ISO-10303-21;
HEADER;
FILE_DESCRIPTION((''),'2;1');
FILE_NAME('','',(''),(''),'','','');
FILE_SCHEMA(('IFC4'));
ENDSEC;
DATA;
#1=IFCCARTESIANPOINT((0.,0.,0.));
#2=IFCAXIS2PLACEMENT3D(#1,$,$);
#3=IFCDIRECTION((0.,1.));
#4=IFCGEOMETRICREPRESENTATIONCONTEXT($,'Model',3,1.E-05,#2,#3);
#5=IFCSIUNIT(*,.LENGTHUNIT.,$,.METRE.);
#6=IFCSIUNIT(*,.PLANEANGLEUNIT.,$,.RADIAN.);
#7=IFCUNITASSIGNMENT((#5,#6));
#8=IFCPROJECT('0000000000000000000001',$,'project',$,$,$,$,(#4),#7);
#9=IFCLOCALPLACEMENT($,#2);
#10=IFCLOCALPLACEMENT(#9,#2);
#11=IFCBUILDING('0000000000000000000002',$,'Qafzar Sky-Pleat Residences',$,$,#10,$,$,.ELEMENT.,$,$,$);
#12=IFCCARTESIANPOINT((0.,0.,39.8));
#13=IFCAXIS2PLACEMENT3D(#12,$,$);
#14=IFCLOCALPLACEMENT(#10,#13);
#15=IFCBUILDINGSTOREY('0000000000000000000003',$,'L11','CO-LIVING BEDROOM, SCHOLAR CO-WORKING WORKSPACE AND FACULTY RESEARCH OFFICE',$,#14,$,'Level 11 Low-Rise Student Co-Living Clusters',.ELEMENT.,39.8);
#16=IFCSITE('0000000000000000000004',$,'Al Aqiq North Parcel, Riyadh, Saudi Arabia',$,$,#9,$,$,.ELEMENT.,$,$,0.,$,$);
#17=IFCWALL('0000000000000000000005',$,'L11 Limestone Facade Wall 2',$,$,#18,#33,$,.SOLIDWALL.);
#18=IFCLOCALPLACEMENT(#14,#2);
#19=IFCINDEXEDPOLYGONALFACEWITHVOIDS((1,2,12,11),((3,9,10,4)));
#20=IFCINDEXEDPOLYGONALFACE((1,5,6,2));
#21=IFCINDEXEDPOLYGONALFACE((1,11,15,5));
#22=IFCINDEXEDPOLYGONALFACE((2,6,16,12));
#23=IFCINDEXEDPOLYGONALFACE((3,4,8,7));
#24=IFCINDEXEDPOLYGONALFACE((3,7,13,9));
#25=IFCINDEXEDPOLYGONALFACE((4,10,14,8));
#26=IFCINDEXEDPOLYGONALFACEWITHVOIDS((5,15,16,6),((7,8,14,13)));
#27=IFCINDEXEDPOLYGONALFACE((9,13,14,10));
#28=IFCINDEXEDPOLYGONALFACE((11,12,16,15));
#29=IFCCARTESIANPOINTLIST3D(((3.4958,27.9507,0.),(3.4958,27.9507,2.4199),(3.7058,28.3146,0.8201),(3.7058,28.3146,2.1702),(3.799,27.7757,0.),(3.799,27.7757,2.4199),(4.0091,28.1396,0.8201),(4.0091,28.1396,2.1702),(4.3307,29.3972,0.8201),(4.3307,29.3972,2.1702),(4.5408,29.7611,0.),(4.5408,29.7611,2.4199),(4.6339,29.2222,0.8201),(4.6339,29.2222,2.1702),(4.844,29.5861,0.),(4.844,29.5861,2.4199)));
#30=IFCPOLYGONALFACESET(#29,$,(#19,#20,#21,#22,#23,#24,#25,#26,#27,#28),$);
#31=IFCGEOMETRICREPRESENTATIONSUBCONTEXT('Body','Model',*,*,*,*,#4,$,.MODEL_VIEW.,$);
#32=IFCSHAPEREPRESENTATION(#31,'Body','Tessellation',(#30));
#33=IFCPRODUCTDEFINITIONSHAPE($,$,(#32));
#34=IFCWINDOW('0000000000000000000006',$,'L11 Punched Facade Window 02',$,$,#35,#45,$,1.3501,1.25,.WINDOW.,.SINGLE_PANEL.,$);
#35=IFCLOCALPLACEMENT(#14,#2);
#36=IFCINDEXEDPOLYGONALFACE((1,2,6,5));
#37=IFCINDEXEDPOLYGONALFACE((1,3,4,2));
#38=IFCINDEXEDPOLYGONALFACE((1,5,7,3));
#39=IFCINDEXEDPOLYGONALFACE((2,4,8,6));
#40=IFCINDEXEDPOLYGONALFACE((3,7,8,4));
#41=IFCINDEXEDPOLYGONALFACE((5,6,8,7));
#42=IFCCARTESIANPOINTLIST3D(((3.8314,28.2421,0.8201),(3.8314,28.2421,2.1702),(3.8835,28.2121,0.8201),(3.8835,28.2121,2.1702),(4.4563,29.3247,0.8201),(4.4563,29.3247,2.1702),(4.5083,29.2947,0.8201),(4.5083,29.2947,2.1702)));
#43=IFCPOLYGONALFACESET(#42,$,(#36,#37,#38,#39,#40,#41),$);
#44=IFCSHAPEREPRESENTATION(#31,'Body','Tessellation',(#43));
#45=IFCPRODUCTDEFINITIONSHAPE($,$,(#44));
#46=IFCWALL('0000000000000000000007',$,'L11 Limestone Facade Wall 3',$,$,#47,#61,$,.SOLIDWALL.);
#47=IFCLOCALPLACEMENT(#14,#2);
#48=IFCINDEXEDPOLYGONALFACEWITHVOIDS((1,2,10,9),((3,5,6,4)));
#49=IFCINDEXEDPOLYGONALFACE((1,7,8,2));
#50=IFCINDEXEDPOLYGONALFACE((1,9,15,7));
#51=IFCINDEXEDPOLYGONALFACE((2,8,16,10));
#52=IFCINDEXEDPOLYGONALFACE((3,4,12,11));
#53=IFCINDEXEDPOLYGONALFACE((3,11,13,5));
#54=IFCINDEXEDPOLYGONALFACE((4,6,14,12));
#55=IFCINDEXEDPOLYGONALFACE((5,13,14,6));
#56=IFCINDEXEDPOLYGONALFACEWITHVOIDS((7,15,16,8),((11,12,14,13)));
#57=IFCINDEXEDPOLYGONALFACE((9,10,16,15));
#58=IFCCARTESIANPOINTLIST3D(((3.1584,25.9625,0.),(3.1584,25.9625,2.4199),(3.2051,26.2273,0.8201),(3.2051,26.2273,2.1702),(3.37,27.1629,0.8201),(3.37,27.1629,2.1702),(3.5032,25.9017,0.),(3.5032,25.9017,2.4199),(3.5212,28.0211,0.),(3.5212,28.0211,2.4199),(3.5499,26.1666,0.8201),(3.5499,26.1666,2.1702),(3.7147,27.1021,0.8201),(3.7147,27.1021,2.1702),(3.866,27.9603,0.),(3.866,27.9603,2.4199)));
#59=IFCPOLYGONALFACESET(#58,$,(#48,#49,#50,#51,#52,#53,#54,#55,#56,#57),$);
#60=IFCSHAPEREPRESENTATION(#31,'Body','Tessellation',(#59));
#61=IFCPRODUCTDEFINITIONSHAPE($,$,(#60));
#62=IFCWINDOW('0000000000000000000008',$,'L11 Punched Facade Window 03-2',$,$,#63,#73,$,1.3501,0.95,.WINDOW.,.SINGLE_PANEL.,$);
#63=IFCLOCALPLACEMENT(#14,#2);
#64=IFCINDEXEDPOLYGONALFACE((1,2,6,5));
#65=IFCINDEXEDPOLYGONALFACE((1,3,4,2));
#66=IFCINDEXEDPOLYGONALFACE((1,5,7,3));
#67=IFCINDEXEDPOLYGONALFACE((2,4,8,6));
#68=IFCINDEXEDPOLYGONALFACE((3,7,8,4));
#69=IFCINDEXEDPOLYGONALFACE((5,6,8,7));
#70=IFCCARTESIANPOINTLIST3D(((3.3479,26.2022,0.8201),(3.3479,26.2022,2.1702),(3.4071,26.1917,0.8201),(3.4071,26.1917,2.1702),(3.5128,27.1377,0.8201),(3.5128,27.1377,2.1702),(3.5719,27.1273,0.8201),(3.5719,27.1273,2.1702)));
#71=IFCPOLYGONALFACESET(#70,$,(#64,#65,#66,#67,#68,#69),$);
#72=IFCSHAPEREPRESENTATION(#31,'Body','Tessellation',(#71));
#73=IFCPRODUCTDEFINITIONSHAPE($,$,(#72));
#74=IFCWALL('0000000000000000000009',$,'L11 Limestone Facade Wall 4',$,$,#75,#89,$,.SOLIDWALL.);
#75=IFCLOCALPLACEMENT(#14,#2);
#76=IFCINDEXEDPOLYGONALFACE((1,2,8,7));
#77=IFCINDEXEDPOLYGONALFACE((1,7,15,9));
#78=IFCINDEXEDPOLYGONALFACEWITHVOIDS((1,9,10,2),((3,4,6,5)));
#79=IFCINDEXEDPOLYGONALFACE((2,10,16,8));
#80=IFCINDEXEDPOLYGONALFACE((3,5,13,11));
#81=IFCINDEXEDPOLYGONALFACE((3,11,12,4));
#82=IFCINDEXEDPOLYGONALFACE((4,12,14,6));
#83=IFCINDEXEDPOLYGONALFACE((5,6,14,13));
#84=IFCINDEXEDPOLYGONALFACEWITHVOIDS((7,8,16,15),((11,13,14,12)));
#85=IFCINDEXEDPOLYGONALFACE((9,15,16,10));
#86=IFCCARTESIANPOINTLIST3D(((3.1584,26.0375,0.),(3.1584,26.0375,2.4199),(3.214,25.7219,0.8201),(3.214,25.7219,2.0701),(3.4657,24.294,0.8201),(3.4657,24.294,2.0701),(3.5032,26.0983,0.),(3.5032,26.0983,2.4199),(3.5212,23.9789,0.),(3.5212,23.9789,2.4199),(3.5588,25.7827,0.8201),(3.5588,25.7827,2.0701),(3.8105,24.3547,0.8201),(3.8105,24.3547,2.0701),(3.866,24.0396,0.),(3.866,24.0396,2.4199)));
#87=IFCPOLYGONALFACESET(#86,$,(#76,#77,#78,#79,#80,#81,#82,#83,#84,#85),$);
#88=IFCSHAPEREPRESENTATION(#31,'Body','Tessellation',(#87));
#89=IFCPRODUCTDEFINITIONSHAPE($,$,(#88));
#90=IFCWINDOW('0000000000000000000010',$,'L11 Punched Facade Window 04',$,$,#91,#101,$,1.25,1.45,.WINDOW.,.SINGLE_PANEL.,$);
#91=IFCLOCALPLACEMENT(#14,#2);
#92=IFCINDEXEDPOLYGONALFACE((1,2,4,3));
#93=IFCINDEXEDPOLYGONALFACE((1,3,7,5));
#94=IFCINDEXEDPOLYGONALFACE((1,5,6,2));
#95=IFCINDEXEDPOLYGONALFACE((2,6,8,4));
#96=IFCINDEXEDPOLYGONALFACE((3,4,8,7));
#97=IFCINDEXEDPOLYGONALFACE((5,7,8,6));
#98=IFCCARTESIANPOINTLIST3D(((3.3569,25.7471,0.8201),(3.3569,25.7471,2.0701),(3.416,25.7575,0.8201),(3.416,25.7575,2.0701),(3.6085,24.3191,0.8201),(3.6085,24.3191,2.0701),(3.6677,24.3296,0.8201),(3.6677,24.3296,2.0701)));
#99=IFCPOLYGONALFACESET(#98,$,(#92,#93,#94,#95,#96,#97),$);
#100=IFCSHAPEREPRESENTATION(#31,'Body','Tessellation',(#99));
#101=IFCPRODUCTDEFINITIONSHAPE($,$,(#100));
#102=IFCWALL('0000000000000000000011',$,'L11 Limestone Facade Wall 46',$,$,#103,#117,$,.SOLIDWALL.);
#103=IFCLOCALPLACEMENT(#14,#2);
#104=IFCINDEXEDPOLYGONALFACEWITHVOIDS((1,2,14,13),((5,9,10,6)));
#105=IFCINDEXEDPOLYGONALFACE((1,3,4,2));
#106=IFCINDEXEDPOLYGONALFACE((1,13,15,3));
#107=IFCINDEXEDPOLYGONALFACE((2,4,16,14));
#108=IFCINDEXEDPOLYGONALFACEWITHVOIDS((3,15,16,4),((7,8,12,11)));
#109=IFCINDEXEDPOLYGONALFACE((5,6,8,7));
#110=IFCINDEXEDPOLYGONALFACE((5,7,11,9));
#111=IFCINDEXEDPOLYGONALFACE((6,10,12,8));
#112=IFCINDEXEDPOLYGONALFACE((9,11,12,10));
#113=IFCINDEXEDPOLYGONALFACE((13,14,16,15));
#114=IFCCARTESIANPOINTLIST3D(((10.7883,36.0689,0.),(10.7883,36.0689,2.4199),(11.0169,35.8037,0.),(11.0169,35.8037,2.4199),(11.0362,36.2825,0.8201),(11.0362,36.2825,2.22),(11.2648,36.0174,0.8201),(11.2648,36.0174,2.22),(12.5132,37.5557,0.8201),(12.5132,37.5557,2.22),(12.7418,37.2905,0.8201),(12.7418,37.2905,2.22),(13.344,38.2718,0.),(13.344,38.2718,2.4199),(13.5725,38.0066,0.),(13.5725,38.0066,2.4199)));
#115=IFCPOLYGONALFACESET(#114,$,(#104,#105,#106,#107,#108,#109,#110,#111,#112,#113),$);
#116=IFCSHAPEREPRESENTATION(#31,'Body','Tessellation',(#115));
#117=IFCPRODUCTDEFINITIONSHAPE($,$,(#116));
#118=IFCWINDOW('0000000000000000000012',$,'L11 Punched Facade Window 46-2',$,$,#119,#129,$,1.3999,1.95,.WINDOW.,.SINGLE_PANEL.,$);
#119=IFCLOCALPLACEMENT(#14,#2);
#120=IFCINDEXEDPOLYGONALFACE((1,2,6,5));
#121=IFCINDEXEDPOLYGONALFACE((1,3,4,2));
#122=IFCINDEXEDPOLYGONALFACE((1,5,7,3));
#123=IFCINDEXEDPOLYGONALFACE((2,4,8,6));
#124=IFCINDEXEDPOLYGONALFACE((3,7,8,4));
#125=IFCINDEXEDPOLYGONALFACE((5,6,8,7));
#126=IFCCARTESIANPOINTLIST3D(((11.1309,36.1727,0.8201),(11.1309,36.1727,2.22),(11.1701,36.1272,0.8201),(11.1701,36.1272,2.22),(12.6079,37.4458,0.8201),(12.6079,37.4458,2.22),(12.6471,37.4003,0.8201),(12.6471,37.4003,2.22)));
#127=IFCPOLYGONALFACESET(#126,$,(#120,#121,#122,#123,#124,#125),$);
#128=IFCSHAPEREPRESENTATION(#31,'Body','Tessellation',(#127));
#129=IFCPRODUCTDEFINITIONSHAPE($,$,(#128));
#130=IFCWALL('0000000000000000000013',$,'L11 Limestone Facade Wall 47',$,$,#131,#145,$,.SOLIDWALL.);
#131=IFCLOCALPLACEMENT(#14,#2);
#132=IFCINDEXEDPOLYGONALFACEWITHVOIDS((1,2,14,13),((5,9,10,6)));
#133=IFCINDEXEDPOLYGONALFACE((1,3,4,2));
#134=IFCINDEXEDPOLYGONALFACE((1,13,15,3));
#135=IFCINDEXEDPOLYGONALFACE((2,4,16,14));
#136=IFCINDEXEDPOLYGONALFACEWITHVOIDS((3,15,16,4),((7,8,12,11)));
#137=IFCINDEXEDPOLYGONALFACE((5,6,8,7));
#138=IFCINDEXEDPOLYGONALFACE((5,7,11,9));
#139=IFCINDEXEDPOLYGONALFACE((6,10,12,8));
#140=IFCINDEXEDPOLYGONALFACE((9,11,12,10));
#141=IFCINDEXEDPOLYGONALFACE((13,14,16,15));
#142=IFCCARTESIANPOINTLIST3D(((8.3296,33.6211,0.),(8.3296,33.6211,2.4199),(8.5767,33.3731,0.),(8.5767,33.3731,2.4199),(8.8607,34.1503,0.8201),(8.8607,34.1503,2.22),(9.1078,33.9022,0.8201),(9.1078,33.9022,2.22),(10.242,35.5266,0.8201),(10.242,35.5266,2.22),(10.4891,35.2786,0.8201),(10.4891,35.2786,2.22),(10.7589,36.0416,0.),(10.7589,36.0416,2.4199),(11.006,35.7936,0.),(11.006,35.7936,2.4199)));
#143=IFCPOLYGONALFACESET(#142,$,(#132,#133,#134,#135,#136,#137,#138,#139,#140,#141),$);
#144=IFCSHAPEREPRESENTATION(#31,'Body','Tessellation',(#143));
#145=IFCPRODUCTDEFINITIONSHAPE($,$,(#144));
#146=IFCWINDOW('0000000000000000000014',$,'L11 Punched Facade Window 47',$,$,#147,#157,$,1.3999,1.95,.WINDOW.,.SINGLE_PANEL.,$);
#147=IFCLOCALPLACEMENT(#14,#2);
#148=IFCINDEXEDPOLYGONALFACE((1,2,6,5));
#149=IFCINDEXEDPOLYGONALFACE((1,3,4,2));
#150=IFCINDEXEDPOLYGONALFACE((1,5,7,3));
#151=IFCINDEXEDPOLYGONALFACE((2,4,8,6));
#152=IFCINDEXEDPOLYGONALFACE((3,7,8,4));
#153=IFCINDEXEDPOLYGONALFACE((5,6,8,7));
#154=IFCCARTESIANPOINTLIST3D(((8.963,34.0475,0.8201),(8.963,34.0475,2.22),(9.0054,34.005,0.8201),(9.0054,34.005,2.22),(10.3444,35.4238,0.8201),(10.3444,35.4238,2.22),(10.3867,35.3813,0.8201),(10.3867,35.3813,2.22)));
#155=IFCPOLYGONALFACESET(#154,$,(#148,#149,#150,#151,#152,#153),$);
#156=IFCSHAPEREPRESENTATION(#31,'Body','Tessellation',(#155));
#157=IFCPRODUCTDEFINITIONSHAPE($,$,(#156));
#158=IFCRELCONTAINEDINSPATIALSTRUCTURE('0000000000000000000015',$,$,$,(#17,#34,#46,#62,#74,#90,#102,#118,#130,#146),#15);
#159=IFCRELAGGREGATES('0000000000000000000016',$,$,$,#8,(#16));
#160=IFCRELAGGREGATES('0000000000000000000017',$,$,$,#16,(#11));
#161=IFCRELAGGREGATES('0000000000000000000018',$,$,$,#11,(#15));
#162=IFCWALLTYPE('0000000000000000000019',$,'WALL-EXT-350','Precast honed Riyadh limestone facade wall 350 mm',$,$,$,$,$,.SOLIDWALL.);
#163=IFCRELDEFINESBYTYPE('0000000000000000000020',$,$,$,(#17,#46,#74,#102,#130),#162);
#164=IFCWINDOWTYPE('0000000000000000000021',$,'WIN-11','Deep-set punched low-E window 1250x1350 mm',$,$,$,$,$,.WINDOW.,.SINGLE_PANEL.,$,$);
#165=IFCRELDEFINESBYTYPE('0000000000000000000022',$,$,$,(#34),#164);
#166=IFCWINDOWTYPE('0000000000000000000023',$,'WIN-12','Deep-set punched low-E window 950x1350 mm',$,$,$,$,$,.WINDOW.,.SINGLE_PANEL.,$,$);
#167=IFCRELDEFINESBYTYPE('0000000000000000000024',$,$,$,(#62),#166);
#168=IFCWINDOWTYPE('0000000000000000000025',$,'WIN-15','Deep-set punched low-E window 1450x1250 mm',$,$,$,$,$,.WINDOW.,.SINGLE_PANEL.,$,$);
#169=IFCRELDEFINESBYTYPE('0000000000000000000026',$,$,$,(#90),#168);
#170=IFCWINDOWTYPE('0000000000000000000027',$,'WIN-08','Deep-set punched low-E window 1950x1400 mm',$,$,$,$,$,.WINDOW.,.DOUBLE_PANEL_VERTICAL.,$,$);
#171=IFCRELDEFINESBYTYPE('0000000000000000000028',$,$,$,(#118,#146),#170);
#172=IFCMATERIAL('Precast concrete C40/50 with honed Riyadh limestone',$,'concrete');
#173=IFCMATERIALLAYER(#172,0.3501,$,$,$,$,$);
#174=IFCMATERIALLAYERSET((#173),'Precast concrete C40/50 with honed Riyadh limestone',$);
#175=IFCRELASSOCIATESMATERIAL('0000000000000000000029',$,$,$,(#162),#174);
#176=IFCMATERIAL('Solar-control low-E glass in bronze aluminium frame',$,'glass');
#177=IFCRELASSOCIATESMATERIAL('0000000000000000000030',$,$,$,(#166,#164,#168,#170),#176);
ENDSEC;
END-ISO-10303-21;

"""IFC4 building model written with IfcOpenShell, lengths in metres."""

from ifc_helpers import new_model, si_unit, direction, frame, frame_2d, origin, place, context, subcontext, project, spatial, rectangle, extrude, source, transform, mapped, material, layer, layer_set, type_object, element, fill, save


model = new_model("IFC4")

# Units and contexts
model_context = context("Model", 3, precision=1e-05, world=origin(), true_north=direction((0.0, 1.0)))
body_context = subcontext(model_context, "Body", "Model", "MODEL_VIEW")
ifc_project = project(units=[si_unit("LENGTHUNIT", "METRE"), si_unit("PLANEANGLEUNIT", "RADIAN")], contexts=[model_context])

# Site, building, storey
site_placement = place(None, origin())
site = spatial("IfcSite", under=ifc_project, at=site_placement, Name="Al Aqiq North Parcel, Riyadh, Saudi Arabia", CompositionType="ELEMENT", RefElevation=0.0)
building_placement = place(site_placement, origin())
building = spatial("IfcBuilding", under=site, at=building_placement, Name="Qafzar Sky-Pleat Residences", CompositionType="ELEMENT")
storey_placement = place(building_placement, frame((0.0, 0.0, 39.8)))
storey = spatial("IfcBuildingStorey", under=building, at=storey_placement, Name="L11", Description="CO-LIVING BEDROOM, SCHOLAR CO-WORKING WORKSPACE AND FACULTY RESEARCH OFFICE", LongName="Level 11 Low-Rise Student Co-Living Clusters", CompositionType="ELEMENT", Elevation=39.8)

# Walls, openings, windows
ifc_material_1 = material(Name="Precast concrete C40/50 with honed Riyadh limestone", Category="concrete")
ifc_layer_1 = layer(ifc_material_1, 0.3501)
ifc_layer_set_1 = layer_set([ifc_layer_1], Name="Precast concrete C40/50 with honed Riyadh limestone")
wall_type_1 = type_object("IfcWallType", Name="WALL-EXT-350", Description="Precast honed Riyadh limestone facade wall 350 mm", PredefinedType="SOLIDWALL", material=ifc_layer_set_1)
ifc_material_2 = material(Name="Solar-control low-E glass in bronze aluminium frame", Category="glass")
window_type_1 = type_object("IfcWindowType", Name="WIN-12", Description="Deep-set punched low-E window 950x1350 mm", PartitioningType="SINGLE_PANEL", PredefinedType="WINDOW", material=ifc_material_2)
shared_shape_1 = source(origin(), body_context, "Body", "SweptSolid", [
    extrude(rectangle(XDim=0.95, YDim=1.3501, at=frame_2d((0.4751, 0.675))), frame((0.0, 0.03, 0.0), z_axis=(0.0, -1.0, 0.0), x_axis=(1.0, 0.0, 0.0)), (0.0, 0.0, 1.0), 0.0601),
])
wall_1_placement = place(storey_placement, frame((4.6924, 29.6736, 0.0), z_axis=(0.0, 0.0, 1.0), x_axis=(-0.499908, -0.866079, 0.0)))
wall_1 = element("IfcWall", 1, at=wall_1_placement, inside=storey, type_object=wall_type_1, Name="L11 Limestone Facade Wall 2", PredefinedType="SOLIDWALL", context=body_context, shape_type="SweptSolid", body=[
    extrude(rectangle(XDim=2.0903, YDim=0.3501, at=frame_2d((1.0452, 0.0))), origin(), (0.0, 0.0, 1.0), 2.4199),
])
opening_1_placement = place(wall_1_placement, frame((0.4202, 0.0, 0.8201)))
opening_1 = element("IfcOpeningElement", 2, at=opening_1_placement, cuts=wall_1, PredefinedType="OPENING", context=body_context, shape_type="SweptSolid", body=[
    extrude(rectangle(XDim=1.25, YDim=1.3501, at=frame_2d((0.625, 0.675))), frame((0.0, 0.1851, 0.0), z_axis=(0.0, -1.0, 0.0), x_axis=(1.0, 0.0, 0.0)), (0.0, 0.0, 1.0), 0.3701),
])
window_type_2 = type_object("IfcWindowType", Name="WIN-11", Description="Deep-set punched low-E window 1250x1350 mm", PartitioningType="SINGLE_PANEL", PredefinedType="WINDOW", material=ifc_material_2)
shared_shape_2 = source(origin(), body_context, "Body", "SweptSolid", [
    extrude(rectangle(XDim=1.25, YDim=1.3501, at=frame_2d((0.625, 0.675))), frame((0.0, 0.03, 0.0), z_axis=(0.0, -1.0, 0.0), x_axis=(1.0, 0.0, 0.0)), (0.0, 0.0, 1.0), 0.0601),
])
window_1_placement = place(opening_1_placement, origin())
window_1 = element("IfcWindow", 3, at=window_1_placement, inside=storey, type_object=window_type_2, Name="L11 Punched Facade Window 02", OverallHeight=1.3501, OverallWidth=1.25, PartitioningType="SINGLE_PANEL", PredefinedType="WINDOW", context=body_context, shape_type="MappedRepresentation", body=[
    mapped(shared_shape_2, transform((0.0, 0.0, 0.0), x_axis=(1.0, 0.0, 0.0), y_axis=(0.0, 1.0, 0.0), z_axis=(0.0, 0.0, 1.0), scale=1.0)),
])
fill(opening_1, window_1)
wall_2_placement = place(storey_placement, frame((3.6936, 27.9907, 0.0), z_axis=(0.0, 0.0, 1.0), x_axis=(-0.173559, -0.984824, 0.0)))
wall_2 = element("IfcWall", 4, at=wall_2_placement, inside=storey, type_object=wall_type_1, Name="L11 Limestone Facade Wall 3", PredefinedType="SOLIDWALL", context=body_context, shape_type="SweptSolid", body=[
    extrude(rectangle(XDim=2.0903, YDim=0.3501, at=frame_2d((1.0452, 0.0))), origin(), (0.0, 0.0, 1.0), 2.4199),
])
opening_2_placement = place(wall_2_placement, frame((0.8713, 0.0, 0.8201)))
opening_2 = element("IfcOpeningElement", 5, at=opening_2_placement, cuts=wall_2, PredefinedType="OPENING", context=body_context, shape_type="SweptSolid", body=[
    extrude(rectangle(XDim=0.95, YDim=1.3501, at=frame_2d((0.4751, 0.675))), frame((0.0, 0.1851, 0.0), z_axis=(0.0, -1.0, 0.0), x_axis=(1.0, 0.0, 0.0)), (0.0, 0.0, 1.0), 0.3701),
])
window_2_placement = place(opening_2_placement, origin())
window_2 = element("IfcWindow", 6, at=window_2_placement, inside=storey, type_object=window_type_1, Name="L11 Punched Facade Window 03-2", OverallHeight=1.3501, OverallWidth=0.95, PartitioningType="SINGLE_PANEL", PredefinedType="WINDOW", context=body_context, shape_type="MappedRepresentation", body=[
    mapped(shared_shape_1, transform((0.0, 0.0, 0.0), x_axis=(1.0, 0.0, 0.0), y_axis=(0.0, 1.0, 0.0), z_axis=(0.0, 0.0, 1.0), scale=1.0)),
])
fill(opening_2, window_2)
wall_3_placement = place(storey_placement, frame((3.3308, 26.0679, 0.0), z_axis=(0.0, 0.0, 1.0), x_axis=(0.173559, -0.984824, 0.0)))
wall_3 = element("IfcWall", 7, at=wall_3_placement, inside=storey, type_object=wall_type_1, Name="L11 Limestone Facade Wall 4", PredefinedType="SOLIDWALL", context=body_context, shape_type="SweptSolid", body=[
    extrude(rectangle(XDim=2.0903, YDim=0.3501, at=frame_2d((1.0452, 0.0))), origin(), (0.0, 0.0, 1.0), 2.4199),
])
opening_3_placement = place(wall_3_placement, frame((0.3203, 0.0, 0.8201)))
opening_3 = element("IfcOpeningElement", 8, at=opening_3_placement, cuts=wall_3, PredefinedType="OPENING", context=body_context, shape_type="SweptSolid", body=[
    extrude(rectangle(XDim=1.45, YDim=1.25, at=frame_2d((0.7251, 0.625))), frame((0.0, 0.1851, 0.0), z_axis=(0.0, -1.0, 0.0), x_axis=(1.0, 0.0, 0.0)), (0.0, 0.0, 1.0), 0.3701),
])
window_type_3 = type_object("IfcWindowType", Name="WIN-15", Description="Deep-set punched low-E window 1450x1250 mm", PartitioningType="SINGLE_PANEL", PredefinedType="WINDOW", material=ifc_material_2)
shared_shape_3 = source(origin(), body_context, "Body", "SweptSolid", [
    extrude(rectangle(XDim=1.45, YDim=1.25, at=frame_2d((0.7251, 0.625))), frame((0.0, 0.03, 0.0), z_axis=(0.0, -1.0, 0.0), x_axis=(1.0, 0.0, 0.0)), (0.0, 0.0, 1.0), 0.0601),
])
window_3_placement = place(opening_3_placement, origin())
window_3 = element("IfcWindow", 9, at=window_3_placement, inside=storey, type_object=window_type_3, Name="L11 Punched Facade Window 04", OverallHeight=1.25, OverallWidth=1.45, PartitioningType="SINGLE_PANEL", PredefinedType="WINDOW", context=body_context, shape_type="MappedRepresentation", body=[
    mapped(shared_shape_3, transform((0.0, 0.0, 0.0), x_axis=(1.0, 0.0, 0.0), y_axis=(0.0, 1.0, 0.0), z_axis=(0.0, 0.0, 1.0), scale=1.0)),
])
fill(opening_3, window_3)
wall_4_placement = place(storey_placement, frame((13.4583, 38.1392, 0.0), z_axis=(0.0, 0.0, 1.0), x_axis=(-0.757451, -0.652892, 0.0)))
wall_4 = element("IfcWall", 10, at=wall_4_placement, inside=storey, type_object=wall_type_1, Name="L11 Limestone Facade Wall 46", PredefinedType="SOLIDWALL", context=body_context, shape_type="SweptSolid", body=[
    extrude(rectangle(XDim=3.374, YDim=0.3501, at=frame_2d((1.687, 0.0))), origin(), (0.0, 0.0, 1.0), 2.4199),
])
opening_4_placement = place(wall_4_placement, frame((1.0967, 0.0, 0.8201)))
opening_4 = element("IfcOpeningElement", 11, at=opening_4_placement, cuts=wall_4, PredefinedType="OPENING", context=body_context, shape_type="SweptSolid", body=[
    extrude(rectangle(XDim=1.95, YDim=1.3999, at=frame_2d((0.9751, 0.7))), frame((0.0, 0.1851, 0.0), z_axis=(0.0, -1.0, 0.0), x_axis=(1.0, 0.0, 0.0)), (0.0, 0.0, 1.0), 0.3701),
])
window_type_4 = type_object("IfcWindowType", Name="WIN-08", Description="Deep-set punched low-E window 1950x1400 mm", PartitioningType="DOUBLE_PANEL_VERTICAL", PredefinedType="WINDOW", material=ifc_material_2)
shared_shape_4 = source(origin(), body_context, "Body", "SweptSolid", [
    extrude(rectangle(XDim=1.95, YDim=1.3999, at=frame_2d((0.9751, 0.7))), frame((0.0, 0.03, 0.0), z_axis=(0.0, -1.0, 0.0), x_axis=(1.0, 0.0, 0.0)), (0.0, 0.0, 1.0), 0.0601),
])
window_4_placement = place(opening_4_placement, origin())
window_4 = element("IfcWindow", 12, at=window_4_placement, inside=storey, type_object=window_type_4, Name="L11 Punched Facade Window 46-2", OverallHeight=1.3999, OverallWidth=1.95, PartitioningType="SINGLE_PANEL", PredefinedType="WINDOW", context=body_context, shape_type="MappedRepresentation", body=[
    mapped(shared_shape_4, transform((0.0, 0.0, 0.0), x_axis=(1.0, 0.0, 0.0), y_axis=(0.0, 1.0, 0.0), z_axis=(0.0, 0.0, 1.0), scale=1.0)),
])
fill(opening_4, window_4)
wall_5_placement = place(storey_placement, frame((10.8826, 35.9177, 0.0), z_axis=(0.0, 0.0, 1.0), x_axis=(-0.708387, -0.705824, 0.0)))
wall_5 = element("IfcWall", 13, at=wall_5_placement, inside=storey, type_object=wall_type_1, Name="L11 Limestone Facade Wall 47", PredefinedType="SOLIDWALL", context=body_context, shape_type="SweptSolid", body=[
    extrude(rectangle(XDim=3.4294, YDim=0.3501, at=frame_2d((1.7148, 0.0))), origin(), (0.0, 0.0, 1.0), 2.4199),
])
opening_5_placement = place(wall_5_placement, frame((0.7297, 0.0, 0.8201)))
opening_5 = element("IfcOpeningElement", 14, at=opening_5_placement, cuts=wall_5, PredefinedType="OPENING", context=body_context, shape_type="SweptSolid", body=[
    extrude(rectangle(XDim=1.95, YDim=1.3999, at=frame_2d((0.9751, 0.7))), frame((0.0, 0.1851, 0.0), z_axis=(0.0, -1.0, 0.0), x_axis=(1.0, 0.0, 0.0)), (0.0, 0.0, 1.0), 0.3701),
])
window_5_placement = place(opening_5_placement, origin())
window_5 = element("IfcWindow", 15, at=window_5_placement, inside=storey, type_object=window_type_4, Name="L11 Punched Facade Window 47", OverallHeight=1.3999, OverallWidth=1.95, PartitioningType="SINGLE_PANEL", PredefinedType="WINDOW", context=body_context, shape_type="MappedRepresentation", body=[
    mapped(shared_shape_4, transform((0.0, 0.0, 0.0), x_axis=(1.0, 0.0, 0.0), y_axis=(0.0, 1.0, 0.0), z_axis=(0.0, 0.0, 1.0), scale=1.0)),
])
fill(opening_5, window_5)

save(model, "model.ifc")
